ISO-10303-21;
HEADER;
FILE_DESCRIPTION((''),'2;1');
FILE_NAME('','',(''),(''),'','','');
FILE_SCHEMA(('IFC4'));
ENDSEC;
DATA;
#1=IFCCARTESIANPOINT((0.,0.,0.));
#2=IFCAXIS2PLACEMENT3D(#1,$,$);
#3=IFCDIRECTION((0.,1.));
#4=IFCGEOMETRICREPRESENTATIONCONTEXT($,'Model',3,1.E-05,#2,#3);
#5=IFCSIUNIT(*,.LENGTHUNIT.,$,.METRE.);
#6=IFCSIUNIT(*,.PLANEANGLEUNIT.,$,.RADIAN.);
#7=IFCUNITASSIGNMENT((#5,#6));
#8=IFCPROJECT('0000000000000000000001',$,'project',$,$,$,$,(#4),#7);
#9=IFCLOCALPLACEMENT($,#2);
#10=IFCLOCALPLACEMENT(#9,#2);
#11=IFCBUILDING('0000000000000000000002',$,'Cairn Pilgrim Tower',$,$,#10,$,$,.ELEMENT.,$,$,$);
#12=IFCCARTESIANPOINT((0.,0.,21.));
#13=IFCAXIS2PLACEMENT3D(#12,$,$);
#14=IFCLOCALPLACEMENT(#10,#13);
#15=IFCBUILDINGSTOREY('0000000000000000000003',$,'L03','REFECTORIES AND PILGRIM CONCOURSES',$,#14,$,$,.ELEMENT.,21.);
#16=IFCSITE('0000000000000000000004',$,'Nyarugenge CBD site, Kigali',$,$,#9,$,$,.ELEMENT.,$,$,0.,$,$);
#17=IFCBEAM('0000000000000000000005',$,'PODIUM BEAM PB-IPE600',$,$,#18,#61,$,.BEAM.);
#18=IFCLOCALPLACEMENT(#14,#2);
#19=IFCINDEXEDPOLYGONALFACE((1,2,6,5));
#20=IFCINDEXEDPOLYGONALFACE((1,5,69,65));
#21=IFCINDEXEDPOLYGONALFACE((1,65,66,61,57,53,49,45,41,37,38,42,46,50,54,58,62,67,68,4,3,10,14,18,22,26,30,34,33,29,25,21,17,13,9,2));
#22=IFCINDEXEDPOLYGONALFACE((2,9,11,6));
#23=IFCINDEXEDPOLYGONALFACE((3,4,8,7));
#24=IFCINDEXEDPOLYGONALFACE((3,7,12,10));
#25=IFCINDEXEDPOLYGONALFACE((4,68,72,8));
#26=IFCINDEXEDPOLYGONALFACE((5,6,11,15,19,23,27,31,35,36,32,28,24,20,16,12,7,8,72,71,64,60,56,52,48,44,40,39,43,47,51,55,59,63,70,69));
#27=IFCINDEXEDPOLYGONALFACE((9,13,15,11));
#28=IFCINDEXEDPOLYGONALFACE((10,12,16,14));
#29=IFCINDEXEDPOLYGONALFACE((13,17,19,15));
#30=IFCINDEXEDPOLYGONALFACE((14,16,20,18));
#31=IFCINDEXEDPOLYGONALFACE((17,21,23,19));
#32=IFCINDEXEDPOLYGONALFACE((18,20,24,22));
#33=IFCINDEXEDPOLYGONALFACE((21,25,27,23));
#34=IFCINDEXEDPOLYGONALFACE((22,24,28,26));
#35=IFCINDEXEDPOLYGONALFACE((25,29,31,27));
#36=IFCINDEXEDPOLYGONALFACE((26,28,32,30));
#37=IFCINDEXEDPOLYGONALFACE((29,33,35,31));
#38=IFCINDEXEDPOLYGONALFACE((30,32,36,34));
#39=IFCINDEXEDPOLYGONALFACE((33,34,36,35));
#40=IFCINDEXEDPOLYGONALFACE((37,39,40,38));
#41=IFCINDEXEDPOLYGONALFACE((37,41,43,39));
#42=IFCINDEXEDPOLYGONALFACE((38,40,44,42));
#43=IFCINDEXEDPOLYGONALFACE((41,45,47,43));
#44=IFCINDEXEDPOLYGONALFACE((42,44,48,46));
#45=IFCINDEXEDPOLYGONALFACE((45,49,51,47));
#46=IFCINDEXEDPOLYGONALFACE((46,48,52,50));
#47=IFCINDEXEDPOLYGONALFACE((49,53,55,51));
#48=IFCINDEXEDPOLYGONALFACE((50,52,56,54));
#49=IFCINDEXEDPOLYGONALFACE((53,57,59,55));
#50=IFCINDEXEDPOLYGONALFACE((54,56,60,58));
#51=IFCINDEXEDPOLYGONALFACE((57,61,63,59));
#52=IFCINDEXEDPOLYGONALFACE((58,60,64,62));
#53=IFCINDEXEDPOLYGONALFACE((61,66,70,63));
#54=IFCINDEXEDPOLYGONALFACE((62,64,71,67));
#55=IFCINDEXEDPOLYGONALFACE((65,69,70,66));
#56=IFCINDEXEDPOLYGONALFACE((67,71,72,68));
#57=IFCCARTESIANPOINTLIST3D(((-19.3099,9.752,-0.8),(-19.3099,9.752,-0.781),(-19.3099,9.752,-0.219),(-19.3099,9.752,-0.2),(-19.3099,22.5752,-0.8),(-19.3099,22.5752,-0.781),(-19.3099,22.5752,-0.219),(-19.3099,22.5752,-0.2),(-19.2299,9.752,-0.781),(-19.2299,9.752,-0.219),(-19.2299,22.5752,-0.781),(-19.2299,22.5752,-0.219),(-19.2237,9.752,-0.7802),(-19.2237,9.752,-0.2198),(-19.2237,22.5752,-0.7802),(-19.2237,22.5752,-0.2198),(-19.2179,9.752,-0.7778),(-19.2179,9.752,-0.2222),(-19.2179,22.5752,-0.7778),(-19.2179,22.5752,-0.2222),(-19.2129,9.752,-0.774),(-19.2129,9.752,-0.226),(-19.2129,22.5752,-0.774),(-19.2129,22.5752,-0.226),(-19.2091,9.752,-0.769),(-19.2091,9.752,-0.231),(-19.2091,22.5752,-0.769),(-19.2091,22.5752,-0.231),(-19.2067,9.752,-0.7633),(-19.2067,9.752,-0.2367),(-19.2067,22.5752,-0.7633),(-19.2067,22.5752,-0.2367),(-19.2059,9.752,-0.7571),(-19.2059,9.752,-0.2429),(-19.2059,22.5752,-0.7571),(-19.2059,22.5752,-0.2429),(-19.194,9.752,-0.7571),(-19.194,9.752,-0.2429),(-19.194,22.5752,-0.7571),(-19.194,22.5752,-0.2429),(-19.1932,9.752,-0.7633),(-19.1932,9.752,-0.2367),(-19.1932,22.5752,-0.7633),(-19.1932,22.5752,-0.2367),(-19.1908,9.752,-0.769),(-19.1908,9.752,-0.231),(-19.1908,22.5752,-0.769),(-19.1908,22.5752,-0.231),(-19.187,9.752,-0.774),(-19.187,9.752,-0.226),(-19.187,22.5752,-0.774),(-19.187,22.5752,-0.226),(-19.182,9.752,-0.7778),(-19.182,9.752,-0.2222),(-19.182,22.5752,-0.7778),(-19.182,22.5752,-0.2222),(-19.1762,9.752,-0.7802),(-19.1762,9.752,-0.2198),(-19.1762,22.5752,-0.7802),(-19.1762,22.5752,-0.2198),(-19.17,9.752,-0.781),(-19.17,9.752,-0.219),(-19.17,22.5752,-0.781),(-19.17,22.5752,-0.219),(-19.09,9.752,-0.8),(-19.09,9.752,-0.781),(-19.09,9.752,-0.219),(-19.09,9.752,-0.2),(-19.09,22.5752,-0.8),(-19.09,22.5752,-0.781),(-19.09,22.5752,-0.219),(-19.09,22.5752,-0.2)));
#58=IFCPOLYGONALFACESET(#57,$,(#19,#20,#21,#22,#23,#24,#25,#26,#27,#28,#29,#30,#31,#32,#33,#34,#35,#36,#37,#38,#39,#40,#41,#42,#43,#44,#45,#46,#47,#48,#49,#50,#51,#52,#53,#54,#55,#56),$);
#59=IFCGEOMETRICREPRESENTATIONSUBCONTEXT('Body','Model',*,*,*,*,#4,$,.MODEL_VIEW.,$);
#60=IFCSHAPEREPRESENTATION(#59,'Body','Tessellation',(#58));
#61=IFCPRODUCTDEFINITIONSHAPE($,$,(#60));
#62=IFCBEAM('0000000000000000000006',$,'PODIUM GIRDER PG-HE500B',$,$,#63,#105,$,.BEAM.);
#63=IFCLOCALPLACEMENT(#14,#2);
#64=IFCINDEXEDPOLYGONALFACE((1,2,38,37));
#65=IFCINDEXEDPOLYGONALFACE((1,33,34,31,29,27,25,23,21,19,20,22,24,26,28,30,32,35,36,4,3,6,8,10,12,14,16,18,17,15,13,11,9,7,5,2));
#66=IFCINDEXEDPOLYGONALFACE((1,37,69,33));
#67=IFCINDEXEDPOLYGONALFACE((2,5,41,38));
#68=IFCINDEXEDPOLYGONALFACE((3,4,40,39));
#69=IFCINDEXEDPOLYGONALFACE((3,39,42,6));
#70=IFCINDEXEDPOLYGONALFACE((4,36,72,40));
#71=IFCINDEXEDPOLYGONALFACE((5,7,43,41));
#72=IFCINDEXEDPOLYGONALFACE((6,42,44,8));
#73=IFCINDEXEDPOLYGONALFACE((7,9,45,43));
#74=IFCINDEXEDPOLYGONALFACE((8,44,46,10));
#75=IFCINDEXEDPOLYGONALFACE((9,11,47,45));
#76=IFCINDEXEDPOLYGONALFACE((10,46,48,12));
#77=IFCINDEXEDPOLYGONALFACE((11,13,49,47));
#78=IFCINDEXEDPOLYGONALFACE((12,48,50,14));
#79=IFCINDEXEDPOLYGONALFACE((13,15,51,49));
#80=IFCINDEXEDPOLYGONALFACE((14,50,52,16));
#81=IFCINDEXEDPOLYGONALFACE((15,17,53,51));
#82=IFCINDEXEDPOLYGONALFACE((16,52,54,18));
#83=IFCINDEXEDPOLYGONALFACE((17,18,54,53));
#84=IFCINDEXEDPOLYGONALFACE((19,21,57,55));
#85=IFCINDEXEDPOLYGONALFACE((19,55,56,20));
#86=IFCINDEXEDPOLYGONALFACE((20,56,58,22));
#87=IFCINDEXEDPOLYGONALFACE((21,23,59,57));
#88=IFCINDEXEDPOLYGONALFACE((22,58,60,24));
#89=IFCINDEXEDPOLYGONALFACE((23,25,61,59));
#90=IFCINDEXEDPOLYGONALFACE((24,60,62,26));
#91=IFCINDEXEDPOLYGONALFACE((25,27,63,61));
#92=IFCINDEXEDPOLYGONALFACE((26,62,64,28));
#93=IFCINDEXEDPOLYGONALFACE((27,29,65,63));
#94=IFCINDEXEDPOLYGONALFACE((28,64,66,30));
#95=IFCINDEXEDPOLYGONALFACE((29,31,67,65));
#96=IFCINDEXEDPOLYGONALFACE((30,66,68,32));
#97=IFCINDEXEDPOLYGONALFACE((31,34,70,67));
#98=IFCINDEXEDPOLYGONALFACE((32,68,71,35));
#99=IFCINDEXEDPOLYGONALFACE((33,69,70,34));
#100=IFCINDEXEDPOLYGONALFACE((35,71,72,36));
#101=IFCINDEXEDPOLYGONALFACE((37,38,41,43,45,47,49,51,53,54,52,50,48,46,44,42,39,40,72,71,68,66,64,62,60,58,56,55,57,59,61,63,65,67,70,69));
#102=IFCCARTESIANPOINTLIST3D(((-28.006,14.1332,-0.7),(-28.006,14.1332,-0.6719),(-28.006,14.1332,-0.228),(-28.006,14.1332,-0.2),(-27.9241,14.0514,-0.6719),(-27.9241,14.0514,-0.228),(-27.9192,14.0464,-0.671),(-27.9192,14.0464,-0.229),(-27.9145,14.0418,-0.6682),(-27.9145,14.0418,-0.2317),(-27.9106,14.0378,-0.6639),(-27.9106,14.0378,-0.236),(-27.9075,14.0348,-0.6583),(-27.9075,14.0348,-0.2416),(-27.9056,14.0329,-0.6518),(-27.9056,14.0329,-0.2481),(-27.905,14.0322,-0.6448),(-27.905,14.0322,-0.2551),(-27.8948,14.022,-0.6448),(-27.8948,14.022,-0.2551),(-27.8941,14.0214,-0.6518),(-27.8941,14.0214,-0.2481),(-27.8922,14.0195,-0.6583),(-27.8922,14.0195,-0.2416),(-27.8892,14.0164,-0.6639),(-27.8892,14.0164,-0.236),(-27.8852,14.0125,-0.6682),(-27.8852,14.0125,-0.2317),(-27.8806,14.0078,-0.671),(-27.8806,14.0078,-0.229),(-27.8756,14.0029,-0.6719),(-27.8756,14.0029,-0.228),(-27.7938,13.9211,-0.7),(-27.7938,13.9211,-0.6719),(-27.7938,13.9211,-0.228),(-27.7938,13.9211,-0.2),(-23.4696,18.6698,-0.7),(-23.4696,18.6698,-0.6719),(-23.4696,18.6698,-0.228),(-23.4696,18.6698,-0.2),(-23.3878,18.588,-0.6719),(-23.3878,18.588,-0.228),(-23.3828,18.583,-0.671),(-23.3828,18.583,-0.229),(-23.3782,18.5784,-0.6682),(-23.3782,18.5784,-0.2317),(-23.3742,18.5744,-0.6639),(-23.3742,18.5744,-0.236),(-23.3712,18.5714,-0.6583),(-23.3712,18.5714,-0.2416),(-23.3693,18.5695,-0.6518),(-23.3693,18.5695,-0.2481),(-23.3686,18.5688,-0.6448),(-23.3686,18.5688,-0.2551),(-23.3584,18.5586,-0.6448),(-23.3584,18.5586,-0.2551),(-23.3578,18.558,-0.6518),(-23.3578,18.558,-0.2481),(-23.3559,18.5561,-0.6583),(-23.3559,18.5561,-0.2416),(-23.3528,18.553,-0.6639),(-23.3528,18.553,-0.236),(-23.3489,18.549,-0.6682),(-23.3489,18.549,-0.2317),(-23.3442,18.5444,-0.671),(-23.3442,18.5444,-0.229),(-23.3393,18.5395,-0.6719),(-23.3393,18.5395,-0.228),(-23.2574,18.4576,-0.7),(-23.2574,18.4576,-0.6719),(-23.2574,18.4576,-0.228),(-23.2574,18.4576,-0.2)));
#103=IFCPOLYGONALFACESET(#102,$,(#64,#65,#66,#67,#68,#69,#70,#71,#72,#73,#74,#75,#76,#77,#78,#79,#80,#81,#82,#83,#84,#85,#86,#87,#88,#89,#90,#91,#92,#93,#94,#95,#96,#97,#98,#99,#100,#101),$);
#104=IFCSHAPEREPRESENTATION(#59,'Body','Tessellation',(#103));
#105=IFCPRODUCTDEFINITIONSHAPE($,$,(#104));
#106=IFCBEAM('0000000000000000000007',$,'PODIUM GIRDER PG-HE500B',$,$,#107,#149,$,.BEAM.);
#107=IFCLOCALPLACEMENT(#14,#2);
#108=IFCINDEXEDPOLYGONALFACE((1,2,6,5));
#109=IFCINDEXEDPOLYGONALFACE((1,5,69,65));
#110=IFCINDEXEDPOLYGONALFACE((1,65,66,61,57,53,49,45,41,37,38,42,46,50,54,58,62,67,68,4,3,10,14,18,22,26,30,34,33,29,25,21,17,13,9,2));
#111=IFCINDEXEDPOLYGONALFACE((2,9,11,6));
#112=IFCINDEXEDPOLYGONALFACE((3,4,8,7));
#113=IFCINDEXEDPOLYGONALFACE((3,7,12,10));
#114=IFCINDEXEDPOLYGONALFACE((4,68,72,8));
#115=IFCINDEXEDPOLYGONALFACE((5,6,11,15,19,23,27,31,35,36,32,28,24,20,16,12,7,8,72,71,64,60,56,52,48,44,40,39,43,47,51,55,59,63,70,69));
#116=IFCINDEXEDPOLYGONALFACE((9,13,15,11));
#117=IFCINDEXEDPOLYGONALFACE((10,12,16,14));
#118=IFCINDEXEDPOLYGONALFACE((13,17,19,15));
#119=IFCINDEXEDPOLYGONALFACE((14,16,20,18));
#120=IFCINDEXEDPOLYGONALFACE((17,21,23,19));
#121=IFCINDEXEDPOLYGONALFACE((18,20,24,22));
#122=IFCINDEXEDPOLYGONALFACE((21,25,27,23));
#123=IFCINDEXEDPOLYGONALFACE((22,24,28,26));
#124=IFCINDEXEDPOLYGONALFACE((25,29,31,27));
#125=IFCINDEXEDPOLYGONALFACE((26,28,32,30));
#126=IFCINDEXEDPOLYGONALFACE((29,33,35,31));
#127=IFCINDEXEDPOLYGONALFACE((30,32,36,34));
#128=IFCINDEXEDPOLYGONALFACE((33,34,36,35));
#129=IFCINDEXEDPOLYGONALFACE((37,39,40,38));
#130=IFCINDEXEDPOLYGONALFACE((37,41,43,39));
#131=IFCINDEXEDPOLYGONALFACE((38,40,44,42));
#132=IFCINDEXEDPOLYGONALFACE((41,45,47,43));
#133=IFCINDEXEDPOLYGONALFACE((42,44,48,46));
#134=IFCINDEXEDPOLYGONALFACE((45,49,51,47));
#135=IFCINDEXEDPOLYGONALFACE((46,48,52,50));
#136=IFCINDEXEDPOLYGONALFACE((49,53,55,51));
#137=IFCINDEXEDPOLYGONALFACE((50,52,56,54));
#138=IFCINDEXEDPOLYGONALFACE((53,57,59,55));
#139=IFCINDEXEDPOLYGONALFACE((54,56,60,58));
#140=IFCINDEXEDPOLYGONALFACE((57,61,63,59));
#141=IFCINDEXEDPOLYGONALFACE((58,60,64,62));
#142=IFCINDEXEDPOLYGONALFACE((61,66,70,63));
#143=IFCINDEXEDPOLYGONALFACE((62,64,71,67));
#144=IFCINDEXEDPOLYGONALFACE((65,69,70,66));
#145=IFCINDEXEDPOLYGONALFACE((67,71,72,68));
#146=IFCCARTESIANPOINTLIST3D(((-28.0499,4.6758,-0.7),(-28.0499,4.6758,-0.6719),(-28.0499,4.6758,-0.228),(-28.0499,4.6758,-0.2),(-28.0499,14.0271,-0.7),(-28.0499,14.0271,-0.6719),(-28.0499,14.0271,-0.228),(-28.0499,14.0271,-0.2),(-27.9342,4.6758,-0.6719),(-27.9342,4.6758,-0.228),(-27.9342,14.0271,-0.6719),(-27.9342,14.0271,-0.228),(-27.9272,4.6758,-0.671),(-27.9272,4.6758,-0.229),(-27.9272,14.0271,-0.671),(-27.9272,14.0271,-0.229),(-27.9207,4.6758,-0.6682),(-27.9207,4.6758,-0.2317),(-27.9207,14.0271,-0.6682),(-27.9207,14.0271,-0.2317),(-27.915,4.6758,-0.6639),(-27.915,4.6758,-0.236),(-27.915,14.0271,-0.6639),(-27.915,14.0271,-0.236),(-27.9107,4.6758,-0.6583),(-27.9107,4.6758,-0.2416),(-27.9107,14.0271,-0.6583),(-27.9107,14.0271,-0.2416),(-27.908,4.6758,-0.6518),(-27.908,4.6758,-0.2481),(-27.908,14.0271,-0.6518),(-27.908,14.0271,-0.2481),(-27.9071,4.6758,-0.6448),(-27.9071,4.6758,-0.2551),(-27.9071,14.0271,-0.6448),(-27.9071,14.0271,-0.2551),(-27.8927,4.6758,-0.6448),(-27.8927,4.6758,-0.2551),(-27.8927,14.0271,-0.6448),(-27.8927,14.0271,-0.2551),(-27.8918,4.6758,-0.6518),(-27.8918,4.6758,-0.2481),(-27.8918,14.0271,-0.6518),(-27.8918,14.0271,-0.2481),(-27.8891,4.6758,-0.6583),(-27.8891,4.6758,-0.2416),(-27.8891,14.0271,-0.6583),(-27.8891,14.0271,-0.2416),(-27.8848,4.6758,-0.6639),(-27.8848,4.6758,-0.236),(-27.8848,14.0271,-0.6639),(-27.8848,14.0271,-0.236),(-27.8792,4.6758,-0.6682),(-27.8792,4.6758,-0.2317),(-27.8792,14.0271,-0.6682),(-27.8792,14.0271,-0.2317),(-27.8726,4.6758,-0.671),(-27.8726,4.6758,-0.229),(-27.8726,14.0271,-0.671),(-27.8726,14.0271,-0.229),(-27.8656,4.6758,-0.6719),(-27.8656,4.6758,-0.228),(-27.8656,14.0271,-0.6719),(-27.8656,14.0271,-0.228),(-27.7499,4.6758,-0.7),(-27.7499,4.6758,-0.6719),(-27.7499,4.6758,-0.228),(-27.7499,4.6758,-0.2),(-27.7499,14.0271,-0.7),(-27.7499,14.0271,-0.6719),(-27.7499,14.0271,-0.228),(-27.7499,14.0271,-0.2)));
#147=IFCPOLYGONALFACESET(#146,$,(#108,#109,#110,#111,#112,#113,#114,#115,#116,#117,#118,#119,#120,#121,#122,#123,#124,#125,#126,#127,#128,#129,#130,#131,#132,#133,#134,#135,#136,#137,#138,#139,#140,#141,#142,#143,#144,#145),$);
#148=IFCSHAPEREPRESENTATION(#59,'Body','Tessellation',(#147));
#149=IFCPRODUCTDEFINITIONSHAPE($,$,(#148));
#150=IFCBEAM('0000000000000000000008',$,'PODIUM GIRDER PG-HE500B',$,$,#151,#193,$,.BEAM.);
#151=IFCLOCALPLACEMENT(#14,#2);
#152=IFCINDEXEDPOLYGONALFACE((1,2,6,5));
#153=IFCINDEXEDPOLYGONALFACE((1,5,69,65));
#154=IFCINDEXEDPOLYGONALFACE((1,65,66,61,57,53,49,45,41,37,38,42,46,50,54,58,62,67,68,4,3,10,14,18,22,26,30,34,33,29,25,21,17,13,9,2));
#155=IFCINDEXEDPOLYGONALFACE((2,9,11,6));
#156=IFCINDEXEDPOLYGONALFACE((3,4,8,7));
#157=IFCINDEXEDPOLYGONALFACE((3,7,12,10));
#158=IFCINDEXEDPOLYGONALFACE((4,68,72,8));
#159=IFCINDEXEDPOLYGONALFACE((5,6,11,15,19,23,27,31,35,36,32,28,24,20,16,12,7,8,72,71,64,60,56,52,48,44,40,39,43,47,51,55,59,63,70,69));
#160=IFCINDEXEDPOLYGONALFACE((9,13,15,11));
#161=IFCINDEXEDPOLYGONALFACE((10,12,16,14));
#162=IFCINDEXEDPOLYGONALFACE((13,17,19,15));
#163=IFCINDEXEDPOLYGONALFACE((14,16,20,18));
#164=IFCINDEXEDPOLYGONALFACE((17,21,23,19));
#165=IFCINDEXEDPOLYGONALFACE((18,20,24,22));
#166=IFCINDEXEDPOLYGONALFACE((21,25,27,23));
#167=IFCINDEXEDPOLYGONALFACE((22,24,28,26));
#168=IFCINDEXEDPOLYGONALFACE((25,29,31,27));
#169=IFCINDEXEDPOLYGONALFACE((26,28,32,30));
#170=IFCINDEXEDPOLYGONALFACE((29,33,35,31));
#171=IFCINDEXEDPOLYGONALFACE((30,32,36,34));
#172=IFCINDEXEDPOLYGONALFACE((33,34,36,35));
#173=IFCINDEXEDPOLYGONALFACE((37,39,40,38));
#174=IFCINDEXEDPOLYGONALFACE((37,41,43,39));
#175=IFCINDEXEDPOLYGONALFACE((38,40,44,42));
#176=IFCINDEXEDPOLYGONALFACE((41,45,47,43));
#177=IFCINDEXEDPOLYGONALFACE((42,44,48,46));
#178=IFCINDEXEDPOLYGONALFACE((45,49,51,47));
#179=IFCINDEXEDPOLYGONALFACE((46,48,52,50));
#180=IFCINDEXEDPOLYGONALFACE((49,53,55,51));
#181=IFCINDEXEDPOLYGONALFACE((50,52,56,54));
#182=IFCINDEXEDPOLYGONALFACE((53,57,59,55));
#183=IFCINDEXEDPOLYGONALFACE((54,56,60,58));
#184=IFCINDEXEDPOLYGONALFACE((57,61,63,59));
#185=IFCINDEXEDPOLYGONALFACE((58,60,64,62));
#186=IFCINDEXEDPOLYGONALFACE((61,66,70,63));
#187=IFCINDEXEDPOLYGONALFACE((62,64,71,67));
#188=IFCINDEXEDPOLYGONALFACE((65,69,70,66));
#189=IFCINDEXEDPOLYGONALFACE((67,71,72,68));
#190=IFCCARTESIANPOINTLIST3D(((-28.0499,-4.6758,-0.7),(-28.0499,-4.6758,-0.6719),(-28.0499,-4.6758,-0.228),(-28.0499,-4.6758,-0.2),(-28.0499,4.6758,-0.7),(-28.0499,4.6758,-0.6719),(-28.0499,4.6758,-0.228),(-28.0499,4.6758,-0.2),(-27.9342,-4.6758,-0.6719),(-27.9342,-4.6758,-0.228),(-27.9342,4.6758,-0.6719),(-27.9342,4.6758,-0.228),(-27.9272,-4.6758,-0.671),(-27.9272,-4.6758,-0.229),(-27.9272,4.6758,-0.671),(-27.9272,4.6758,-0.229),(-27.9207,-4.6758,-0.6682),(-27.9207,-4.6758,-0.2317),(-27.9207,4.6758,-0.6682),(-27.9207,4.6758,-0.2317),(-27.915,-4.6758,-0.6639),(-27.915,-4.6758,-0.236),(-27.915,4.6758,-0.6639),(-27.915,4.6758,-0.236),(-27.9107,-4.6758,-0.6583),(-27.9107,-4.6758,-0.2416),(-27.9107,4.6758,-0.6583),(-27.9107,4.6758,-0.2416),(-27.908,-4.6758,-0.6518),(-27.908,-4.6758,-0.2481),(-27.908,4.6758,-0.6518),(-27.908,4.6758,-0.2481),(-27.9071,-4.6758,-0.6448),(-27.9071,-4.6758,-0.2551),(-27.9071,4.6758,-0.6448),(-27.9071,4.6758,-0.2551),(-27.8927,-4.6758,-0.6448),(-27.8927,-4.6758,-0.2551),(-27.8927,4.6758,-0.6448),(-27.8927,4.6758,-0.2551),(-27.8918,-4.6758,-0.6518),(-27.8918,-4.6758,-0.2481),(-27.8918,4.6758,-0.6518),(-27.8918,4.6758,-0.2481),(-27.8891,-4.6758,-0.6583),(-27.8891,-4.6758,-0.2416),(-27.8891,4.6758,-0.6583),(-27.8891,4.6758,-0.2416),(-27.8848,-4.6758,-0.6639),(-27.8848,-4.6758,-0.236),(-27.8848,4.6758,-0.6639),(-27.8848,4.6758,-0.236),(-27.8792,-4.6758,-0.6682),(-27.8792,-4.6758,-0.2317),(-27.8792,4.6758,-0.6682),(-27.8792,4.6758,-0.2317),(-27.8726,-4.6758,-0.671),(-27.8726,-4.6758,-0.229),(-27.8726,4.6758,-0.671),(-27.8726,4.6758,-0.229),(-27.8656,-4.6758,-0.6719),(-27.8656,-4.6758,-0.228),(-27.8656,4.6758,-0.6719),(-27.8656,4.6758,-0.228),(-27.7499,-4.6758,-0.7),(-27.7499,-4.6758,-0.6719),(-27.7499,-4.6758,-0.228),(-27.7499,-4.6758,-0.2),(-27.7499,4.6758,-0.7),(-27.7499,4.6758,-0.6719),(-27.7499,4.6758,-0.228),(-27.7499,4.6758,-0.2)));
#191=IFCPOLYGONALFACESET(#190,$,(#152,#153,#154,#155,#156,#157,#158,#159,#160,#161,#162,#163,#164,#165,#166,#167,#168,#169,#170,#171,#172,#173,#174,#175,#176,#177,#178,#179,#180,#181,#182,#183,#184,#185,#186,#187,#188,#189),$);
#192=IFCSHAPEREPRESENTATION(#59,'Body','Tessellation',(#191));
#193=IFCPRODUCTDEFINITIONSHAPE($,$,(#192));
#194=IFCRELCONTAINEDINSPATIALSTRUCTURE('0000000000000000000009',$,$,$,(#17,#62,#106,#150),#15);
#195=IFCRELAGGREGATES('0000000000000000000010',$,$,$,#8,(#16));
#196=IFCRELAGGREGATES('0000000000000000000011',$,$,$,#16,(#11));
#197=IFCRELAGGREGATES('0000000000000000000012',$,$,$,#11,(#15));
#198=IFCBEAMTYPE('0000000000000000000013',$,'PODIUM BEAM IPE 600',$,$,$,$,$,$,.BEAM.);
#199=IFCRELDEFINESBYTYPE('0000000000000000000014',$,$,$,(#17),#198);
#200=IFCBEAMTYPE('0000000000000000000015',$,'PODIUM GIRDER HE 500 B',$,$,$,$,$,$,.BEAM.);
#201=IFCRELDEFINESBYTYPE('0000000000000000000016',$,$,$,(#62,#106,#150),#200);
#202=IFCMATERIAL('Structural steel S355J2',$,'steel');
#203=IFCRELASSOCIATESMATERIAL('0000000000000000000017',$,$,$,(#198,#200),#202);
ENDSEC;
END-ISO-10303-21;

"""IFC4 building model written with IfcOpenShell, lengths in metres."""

from ifc_helpers import new_model, si_unit, direction, frame, origin, origin_2d, place, context, subcontext, project, spatial, i_section, extrude, material, material_profile, profile_set, type_object, element, save


model = new_model("IFC4")

# Units and contexts
model_context = context("Model", 3, precision=1e-05, world=origin(), true_north=direction((0.0, 1.0)))
body_context = subcontext(model_context, "Body", "Model", "MODEL_VIEW")
ifc_project = project(units=[si_unit("LENGTHUNIT", "METRE"), si_unit("PLANEANGLEUNIT", "RADIAN")], contexts=[model_context])

# Site, building, storey
site_placement = place(None, origin())
site = spatial("IfcSite", under=ifc_project, at=site_placement, Name="Nyarugenge CBD site, Kigali", CompositionType="ELEMENT", RefElevation=0.0)
building_placement = place(site_placement, origin())
building = spatial("IfcBuilding", under=site, at=building_placement, Name="Cairn Pilgrim Tower", CompositionType="ELEMENT")
storey_placement = place(building_placement, frame((0.0, 0.0, 21.0)))
storey = spatial("IfcBuildingStorey", under=building, at=storey_placement, Name="L03", Description="REFECTORIES AND PILGRIM CONCOURSES", CompositionType="ELEMENT", Elevation=21.0)

# Beams
ifc_material_1 = material(Name="Structural steel S355J2", Category="steel")
ifc_material_profile_1 = material_profile(ifc_material_1, i_section(OverallWidth=0.22, OverallDepth=0.6001, WebThickness=0.012, FlangeThickness=0.019, FilletRadius=0.0239, at=origin_2d()), Name="IPE 600")
ifc_profile_set_1 = profile_set([ifc_material_profile_1], Name="Structural steel S355J2")
beam_type_1 = type_object("IfcBeamType", Name="PODIUM BEAM IPE 600", PredefinedType="BEAM", material=ifc_profile_set_1)
beam_1_placement = place(storey_placement, frame((-19.2, 9.752, -0.5), z_axis=(0.0, 1.0, 0.0), x_axis=(-1.0, 0.0, 0.0)))
element("IfcBeam", 1, at=beam_1_placement, inside=storey, type_object=beam_type_1, Name="PODIUM BEAM PB-IPE600", PredefinedType="BEAM", context=body_context, shape_type="SweptSolid", body=[
    extrude(i_section(OverallWidth=0.22, OverallDepth=0.6001, WebThickness=0.012, FlangeThickness=0.019, FilletRadius=0.0239, at=origin_2d()), origin(), (0.0, 0.0, 1.0), 12.8232),
])
ifc_material_profile_2 = material_profile(ifc_material_1, i_section(OverallWidth=0.3, OverallDepth=0.5, WebThickness=0.0144, FlangeThickness=0.0281, FilletRadius=0.0271, at=origin_2d()), Name="HEB 500")
ifc_profile_set_2 = profile_set([ifc_material_profile_2], Name="Structural steel S355J2")
beam_type_2 = type_object("IfcBeamType", Name="PODIUM GIRDER HE 500 B", PredefinedType="BEAM", material=ifc_profile_set_2)
beam_2_placement = place(storey_placement, frame((-23.3635, 18.5637, -0.45), z_axis=(-0.707088, -0.707126, 0.0), x_axis=(0.707126, -0.707088, 0.0)))
element("IfcBeam", 2, at=beam_2_placement, inside=storey, type_object=beam_type_2, Name="PODIUM GIRDER PG-HE500B", PredefinedType="BEAM", context=body_context, shape_type="SweptSolid", body=[
    extrude(i_section(OverallWidth=0.3, OverallDepth=0.5, WebThickness=0.0144, FlangeThickness=0.0281, FilletRadius=0.0271, at=origin_2d()), origin(), (0.0, 0.0, 1.0), 6.4155),
])
beam_3_placement = place(storey_placement, frame((-27.8999, 14.0271, -0.45), z_axis=(0.0, -1.0, 0.0), x_axis=(1.0, 0.0, 0.0)))
element("IfcBeam", 3, at=beam_3_placement, inside=storey, type_object=beam_type_2, Name="PODIUM GIRDER PG-HE500B", PredefinedType="BEAM", context=body_context, shape_type="SweptSolid", body=[
    extrude(i_section(OverallWidth=0.3, OverallDepth=0.5, WebThickness=0.0144, FlangeThickness=0.0281, FilletRadius=0.0271, at=origin_2d()), origin(), (0.0, 0.0, 1.0), 9.3513),
])
beam_4_placement = place(storey_placement, frame((-27.8999, 4.6758, -0.45), z_axis=(0.0, -1.0, 0.0), x_axis=(1.0, 0.0, 0.0)))
element("IfcBeam", 4, at=beam_4_placement, inside=storey, type_object=beam_type_2, Name="PODIUM GIRDER PG-HE500B", PredefinedType="BEAM", context=body_context, shape_type="SweptSolid", body=[
    extrude(i_section(OverallWidth=0.3, OverallDepth=0.5, WebThickness=0.0144, FlangeThickness=0.0281, FilletRadius=0.0271, at=origin_2d()), origin(), (0.0, 0.0, 1.0), 9.3516),
])

save(model, "model.ifc")
